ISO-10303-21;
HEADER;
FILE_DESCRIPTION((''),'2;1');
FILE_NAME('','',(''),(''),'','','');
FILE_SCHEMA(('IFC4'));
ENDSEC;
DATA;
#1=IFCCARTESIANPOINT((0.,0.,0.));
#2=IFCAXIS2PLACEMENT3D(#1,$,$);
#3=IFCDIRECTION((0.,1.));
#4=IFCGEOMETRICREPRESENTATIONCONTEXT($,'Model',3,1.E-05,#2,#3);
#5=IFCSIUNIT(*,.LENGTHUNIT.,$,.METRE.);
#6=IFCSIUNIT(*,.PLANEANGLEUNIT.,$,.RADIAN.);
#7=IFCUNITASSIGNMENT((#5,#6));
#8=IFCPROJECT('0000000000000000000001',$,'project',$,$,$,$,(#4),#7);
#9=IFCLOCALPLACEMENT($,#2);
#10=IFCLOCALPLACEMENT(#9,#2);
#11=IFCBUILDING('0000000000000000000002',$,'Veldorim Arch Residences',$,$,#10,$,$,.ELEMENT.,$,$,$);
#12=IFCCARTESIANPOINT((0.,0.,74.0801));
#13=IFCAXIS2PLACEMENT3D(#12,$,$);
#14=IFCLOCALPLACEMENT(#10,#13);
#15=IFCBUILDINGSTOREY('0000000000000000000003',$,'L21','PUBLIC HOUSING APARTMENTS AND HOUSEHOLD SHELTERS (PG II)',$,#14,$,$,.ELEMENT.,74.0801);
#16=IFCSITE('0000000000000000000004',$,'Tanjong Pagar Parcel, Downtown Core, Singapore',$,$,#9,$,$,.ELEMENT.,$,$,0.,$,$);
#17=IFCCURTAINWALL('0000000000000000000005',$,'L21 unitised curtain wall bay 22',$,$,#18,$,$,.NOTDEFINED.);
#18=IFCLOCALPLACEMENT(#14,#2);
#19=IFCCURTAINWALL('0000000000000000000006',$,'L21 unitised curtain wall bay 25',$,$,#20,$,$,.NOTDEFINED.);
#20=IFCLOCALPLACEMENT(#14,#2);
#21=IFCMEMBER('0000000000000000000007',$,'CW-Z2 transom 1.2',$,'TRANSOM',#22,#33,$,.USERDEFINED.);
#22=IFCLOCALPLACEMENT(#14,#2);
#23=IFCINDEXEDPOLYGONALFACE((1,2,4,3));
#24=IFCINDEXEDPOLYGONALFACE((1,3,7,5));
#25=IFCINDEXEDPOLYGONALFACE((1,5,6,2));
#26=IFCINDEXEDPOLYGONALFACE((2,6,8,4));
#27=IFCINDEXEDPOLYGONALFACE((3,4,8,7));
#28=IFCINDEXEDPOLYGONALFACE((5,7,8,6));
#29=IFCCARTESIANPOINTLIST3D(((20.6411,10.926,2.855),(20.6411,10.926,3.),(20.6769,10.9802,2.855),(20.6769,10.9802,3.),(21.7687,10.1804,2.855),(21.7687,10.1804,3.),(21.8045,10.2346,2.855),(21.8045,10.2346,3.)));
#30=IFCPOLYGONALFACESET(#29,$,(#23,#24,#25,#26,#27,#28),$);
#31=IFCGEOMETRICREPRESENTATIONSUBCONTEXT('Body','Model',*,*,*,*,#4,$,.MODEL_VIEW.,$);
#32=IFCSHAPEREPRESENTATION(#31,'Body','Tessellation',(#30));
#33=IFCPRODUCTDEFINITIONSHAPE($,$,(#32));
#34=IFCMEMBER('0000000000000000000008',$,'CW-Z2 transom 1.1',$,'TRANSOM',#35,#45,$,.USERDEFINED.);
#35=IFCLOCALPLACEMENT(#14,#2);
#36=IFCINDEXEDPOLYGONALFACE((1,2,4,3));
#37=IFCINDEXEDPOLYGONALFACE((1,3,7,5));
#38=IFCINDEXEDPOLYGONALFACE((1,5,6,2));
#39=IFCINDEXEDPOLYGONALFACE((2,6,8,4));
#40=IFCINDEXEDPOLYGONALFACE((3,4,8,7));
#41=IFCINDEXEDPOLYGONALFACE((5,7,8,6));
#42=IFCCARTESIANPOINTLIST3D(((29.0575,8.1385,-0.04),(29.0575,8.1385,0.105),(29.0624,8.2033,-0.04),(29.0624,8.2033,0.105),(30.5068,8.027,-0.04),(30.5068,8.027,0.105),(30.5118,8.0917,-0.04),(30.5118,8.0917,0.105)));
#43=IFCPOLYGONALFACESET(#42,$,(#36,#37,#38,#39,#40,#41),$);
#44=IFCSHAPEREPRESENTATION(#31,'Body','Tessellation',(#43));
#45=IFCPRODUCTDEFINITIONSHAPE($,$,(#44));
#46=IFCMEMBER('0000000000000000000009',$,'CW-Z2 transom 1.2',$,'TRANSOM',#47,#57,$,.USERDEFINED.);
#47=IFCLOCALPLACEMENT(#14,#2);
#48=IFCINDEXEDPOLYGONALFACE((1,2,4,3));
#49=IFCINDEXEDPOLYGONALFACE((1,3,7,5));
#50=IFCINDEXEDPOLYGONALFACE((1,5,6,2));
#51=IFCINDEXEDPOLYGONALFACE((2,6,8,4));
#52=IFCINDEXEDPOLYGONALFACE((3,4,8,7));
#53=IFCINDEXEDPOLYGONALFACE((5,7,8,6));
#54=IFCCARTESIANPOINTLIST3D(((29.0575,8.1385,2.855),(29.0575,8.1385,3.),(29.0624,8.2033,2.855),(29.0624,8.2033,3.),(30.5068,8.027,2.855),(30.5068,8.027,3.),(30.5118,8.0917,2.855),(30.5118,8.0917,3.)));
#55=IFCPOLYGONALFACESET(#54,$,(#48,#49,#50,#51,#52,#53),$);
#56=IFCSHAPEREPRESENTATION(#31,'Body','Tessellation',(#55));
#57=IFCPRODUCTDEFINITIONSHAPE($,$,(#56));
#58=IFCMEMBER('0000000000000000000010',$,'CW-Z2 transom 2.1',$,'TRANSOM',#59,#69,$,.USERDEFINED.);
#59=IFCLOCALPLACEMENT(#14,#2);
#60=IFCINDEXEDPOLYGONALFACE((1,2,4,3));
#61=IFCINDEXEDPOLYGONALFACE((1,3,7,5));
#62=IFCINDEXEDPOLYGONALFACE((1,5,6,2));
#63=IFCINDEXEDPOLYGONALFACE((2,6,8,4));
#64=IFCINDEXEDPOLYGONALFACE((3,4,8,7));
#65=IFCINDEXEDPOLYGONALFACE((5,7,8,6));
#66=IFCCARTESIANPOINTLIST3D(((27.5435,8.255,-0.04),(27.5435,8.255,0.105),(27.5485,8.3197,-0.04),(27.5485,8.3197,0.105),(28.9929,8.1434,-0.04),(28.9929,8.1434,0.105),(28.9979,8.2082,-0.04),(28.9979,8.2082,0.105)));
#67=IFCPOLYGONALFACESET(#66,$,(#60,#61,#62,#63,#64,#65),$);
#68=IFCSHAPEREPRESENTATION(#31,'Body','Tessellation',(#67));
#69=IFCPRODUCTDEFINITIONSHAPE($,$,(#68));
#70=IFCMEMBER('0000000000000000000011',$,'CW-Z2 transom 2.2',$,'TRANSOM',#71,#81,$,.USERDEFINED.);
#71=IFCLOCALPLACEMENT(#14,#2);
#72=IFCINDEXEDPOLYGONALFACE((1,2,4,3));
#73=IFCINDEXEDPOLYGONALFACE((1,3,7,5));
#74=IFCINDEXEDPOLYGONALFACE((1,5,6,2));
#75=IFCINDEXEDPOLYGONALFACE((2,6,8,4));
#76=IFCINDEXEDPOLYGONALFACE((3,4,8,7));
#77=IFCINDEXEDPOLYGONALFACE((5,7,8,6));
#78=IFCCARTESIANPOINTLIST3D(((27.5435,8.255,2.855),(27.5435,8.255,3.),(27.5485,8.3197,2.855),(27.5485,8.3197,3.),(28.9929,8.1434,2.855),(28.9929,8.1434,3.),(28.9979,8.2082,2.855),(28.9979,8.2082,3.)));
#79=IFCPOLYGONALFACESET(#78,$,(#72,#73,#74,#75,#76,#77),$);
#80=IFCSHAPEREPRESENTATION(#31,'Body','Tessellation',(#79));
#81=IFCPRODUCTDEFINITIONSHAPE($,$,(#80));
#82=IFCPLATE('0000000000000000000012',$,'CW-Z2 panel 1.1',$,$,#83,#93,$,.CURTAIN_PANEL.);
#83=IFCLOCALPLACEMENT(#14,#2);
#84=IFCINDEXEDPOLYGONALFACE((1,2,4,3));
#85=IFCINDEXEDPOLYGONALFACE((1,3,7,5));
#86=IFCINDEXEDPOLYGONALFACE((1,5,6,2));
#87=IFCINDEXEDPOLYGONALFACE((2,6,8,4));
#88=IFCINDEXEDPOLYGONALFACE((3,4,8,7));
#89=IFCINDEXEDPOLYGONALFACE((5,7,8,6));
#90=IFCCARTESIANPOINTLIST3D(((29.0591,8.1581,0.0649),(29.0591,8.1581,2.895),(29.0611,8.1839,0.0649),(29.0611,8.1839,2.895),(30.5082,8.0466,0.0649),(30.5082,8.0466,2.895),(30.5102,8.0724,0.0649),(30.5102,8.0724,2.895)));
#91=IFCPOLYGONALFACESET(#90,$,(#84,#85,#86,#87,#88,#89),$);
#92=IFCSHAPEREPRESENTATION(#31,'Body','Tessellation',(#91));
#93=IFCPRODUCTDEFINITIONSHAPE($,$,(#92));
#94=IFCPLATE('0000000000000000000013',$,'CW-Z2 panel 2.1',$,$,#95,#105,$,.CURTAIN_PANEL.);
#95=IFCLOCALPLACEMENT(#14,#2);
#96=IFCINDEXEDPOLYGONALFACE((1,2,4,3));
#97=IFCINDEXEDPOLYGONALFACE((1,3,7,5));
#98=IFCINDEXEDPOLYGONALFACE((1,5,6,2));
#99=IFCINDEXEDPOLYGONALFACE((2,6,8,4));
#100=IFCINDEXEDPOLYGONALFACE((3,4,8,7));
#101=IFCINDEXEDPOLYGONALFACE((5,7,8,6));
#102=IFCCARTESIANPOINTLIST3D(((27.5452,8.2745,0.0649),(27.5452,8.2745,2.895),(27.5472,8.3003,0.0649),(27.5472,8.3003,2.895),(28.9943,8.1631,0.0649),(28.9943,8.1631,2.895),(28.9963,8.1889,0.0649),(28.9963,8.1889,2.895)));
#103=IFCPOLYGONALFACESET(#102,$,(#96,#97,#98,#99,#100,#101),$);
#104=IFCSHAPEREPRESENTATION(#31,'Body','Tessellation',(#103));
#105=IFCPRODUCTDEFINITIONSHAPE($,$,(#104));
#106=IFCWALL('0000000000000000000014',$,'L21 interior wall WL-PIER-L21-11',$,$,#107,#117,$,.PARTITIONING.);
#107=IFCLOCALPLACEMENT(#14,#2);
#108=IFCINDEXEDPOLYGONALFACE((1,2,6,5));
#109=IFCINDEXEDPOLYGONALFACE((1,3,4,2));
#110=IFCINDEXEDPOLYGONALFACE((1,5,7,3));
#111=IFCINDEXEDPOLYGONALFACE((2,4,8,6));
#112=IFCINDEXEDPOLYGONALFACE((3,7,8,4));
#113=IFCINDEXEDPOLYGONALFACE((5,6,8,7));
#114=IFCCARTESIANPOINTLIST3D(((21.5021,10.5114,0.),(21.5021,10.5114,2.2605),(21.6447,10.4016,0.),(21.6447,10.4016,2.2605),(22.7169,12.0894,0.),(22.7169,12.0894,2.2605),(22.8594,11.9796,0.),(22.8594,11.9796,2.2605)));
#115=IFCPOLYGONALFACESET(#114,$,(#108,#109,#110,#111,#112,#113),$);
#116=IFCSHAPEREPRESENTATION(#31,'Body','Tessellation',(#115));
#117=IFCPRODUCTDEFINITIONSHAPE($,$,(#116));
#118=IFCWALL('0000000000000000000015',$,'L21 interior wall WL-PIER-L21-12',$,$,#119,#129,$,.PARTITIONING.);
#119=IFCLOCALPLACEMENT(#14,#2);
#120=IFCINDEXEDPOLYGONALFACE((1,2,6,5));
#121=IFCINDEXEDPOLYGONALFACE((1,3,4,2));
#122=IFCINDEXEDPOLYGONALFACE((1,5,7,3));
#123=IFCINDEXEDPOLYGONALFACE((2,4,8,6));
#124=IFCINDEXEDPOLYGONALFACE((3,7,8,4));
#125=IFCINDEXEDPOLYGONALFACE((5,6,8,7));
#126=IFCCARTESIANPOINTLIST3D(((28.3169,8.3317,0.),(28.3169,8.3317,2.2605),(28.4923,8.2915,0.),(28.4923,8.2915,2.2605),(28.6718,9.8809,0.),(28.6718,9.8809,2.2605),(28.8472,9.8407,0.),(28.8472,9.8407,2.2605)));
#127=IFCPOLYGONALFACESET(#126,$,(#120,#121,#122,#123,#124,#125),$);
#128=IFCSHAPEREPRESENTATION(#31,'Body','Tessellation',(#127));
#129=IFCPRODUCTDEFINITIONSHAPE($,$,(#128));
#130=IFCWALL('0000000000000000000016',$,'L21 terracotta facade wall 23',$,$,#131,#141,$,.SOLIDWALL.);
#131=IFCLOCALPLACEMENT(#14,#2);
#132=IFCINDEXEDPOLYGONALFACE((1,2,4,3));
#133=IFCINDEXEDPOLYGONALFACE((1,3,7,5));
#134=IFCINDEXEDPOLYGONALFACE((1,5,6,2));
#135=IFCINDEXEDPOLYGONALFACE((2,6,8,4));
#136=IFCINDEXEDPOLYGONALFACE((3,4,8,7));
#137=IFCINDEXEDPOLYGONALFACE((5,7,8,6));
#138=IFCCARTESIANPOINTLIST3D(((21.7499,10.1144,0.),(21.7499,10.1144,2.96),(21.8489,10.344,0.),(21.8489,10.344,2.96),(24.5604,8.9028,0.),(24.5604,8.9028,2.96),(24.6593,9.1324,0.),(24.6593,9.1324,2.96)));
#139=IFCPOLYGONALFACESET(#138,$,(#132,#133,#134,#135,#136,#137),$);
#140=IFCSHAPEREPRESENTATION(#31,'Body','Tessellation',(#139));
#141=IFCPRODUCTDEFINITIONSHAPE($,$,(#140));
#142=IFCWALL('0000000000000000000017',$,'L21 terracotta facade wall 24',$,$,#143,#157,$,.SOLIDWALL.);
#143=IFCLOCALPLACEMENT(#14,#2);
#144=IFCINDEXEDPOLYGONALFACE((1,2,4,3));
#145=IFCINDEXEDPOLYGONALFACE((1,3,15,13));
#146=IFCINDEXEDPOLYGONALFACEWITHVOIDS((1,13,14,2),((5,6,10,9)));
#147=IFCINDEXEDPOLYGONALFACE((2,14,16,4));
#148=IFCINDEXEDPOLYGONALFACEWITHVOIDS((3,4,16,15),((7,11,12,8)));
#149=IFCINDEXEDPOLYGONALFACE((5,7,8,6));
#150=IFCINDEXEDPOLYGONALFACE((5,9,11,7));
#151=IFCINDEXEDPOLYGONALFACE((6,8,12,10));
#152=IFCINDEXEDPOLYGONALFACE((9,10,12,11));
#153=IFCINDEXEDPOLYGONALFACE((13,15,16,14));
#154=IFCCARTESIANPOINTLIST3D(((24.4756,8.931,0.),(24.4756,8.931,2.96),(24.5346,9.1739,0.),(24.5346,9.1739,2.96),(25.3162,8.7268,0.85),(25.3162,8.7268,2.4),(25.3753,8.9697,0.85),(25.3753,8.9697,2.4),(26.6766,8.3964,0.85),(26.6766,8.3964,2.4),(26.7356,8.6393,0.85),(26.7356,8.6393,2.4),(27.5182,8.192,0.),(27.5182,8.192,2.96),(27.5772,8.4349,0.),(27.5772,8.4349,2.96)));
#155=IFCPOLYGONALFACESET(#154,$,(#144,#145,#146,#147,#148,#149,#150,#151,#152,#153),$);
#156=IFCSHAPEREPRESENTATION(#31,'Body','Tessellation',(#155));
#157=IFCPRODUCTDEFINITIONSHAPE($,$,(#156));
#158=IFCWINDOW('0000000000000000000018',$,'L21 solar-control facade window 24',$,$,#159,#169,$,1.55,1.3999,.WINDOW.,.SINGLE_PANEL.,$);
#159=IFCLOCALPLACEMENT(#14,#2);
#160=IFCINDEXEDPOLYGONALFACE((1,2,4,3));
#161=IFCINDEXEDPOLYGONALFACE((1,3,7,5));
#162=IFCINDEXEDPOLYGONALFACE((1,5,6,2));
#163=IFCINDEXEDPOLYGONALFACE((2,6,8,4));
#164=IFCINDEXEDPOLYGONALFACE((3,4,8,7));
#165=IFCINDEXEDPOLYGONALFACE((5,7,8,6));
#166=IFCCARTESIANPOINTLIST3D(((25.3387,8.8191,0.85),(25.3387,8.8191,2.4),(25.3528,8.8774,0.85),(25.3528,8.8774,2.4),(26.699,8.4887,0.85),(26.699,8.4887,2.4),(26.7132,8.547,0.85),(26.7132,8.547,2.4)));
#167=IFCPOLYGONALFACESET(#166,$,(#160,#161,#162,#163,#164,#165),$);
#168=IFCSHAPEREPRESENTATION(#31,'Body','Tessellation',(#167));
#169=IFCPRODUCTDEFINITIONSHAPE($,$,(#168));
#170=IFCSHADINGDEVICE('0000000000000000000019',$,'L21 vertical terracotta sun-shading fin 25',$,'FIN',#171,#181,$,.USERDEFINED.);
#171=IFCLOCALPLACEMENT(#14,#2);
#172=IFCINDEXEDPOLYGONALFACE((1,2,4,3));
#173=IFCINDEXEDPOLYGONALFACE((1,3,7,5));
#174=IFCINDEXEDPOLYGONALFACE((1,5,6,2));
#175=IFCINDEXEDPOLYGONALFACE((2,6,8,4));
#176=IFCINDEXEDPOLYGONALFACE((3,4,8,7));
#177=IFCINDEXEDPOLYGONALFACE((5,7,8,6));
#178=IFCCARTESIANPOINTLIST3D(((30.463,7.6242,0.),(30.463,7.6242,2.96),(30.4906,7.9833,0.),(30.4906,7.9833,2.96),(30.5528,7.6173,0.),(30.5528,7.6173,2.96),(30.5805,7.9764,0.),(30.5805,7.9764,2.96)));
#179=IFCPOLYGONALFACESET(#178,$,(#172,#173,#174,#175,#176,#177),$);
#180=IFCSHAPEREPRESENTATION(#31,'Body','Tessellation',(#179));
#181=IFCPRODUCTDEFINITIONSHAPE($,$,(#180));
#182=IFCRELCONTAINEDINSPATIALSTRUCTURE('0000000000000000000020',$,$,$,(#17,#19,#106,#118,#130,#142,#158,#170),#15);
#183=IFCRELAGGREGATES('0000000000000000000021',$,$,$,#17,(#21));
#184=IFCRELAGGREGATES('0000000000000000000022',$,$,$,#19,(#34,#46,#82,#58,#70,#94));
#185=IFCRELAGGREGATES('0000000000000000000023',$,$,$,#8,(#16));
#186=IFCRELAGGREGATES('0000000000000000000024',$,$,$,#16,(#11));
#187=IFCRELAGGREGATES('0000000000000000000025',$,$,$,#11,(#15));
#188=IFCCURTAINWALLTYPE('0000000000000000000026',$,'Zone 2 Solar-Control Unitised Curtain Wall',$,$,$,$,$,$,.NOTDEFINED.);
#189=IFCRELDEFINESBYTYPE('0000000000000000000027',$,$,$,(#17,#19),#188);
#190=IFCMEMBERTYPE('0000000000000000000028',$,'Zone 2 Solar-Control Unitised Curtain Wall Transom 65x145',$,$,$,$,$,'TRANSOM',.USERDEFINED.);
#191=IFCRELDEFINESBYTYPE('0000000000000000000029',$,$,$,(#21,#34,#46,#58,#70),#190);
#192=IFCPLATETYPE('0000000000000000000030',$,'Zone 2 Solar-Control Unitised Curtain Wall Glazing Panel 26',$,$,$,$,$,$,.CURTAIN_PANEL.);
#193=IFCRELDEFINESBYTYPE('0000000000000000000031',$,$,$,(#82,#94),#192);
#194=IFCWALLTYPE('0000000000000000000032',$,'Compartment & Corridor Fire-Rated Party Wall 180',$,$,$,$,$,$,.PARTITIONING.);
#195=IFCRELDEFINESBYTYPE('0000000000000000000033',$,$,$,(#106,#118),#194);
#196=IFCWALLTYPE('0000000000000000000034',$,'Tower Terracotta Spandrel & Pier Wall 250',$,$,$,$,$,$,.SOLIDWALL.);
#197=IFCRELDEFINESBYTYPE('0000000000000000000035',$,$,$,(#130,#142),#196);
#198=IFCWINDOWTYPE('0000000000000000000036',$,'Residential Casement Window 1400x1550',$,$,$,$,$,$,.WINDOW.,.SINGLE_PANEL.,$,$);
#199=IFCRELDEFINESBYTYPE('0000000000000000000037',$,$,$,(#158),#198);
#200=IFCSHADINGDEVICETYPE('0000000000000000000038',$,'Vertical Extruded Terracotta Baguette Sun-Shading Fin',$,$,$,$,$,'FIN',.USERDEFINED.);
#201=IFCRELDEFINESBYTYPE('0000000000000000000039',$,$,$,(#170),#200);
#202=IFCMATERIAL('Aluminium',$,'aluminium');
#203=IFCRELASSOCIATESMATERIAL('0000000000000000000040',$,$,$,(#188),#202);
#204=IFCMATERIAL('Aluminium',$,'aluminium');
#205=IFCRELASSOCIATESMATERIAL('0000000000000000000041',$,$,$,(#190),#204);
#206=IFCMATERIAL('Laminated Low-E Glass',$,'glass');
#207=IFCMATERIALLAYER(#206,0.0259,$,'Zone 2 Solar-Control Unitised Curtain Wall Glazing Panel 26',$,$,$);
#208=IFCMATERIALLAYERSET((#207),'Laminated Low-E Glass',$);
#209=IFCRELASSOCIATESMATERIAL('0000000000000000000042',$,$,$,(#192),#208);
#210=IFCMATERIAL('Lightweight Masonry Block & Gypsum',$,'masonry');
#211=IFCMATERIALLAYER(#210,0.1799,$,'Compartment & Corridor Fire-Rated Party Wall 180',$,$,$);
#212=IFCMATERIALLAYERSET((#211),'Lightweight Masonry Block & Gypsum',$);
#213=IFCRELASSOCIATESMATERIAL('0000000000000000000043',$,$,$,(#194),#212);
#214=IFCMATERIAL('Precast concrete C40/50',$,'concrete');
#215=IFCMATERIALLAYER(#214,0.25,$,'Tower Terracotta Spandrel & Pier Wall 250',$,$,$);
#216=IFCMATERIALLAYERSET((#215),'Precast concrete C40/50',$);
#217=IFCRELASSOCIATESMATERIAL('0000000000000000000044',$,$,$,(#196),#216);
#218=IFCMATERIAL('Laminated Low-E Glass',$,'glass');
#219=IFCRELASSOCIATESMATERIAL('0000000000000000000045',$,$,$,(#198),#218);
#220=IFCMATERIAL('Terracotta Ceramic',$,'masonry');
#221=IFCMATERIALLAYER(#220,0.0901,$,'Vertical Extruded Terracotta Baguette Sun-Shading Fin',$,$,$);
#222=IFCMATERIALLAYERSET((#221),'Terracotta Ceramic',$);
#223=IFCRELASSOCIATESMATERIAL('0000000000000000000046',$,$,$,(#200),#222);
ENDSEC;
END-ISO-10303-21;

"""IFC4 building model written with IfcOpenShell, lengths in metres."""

from ifc_helpers import new_model, si_unit, direction, frame, frame_2d, origin, origin_2d, place, context, subcontext, project, spatial, rectangle, extrude, material, layer, layer_set, material_profile, profile_set, type_object, element, fill, aggregate, save


model = new_model("IFC4")

# Units and contexts
model_context = context("Model", 3, precision=1e-05, world=origin(), true_north=direction((0.0, 1.0)))
body_context = subcontext(model_context, "Body", "Model", "MODEL_VIEW")
ifc_project = project(units=[si_unit("LENGTHUNIT", "METRE"), si_unit("PLANEANGLEUNIT", "RADIAN")], contexts=[model_context])

# Site, building, storey
site_placement = place(None, origin())
site = spatial("IfcSite", under=ifc_project, at=site_placement, Name="Tanjong Pagar Parcel, Downtown Core, Singapore", CompositionType="ELEMENT", RefElevation=0.0)
building_placement = place(site_placement, origin())
building = spatial("IfcBuilding", under=site, at=building_placement, Name="Veldorim Arch Residences", CompositionType="ELEMENT")
storey_placement = place(building_placement, frame((0.0, 0.0, 74.0801)))
storey = spatial("IfcBuildingStorey", under=building, at=storey_placement, Name="L21", Description="PUBLIC HOUSING APARTMENTS AND HOUSEHOLD SHELTERS (PG II)", CompositionType="ELEMENT", Elevation=74.0801)

# Curtain wall
ifc_material_1 = material(Name="Aluminium", Category="aluminium")
curtain_wall_type = type_object("IfcCurtainWallType", Name="Zone 2 Solar-Control Unitised Curtain Wall", PredefinedType="NOTDEFINED", material=ifc_material_1)
curtain_wall_1_placement = place(storey_placement, origin())
curtain_wall_1 = element("IfcCurtainWall", 1, at=curtain_wall_1_placement, inside=storey, type_object=curtain_wall_type, Name="L21 unitised curtain wall bay 22", PredefinedType="NOTDEFINED")

# Curtain wall
curtain_wall_2_placement = place(storey_placement, origin())
curtain_wall_2 = element("IfcCurtainWall", 2, at=curtain_wall_2_placement, inside=storey, type_object=curtain_wall_type, Name="L21 unitised curtain wall bay 25", PredefinedType="NOTDEFINED")

# Members
ifc_material_2 = material(Name="Aluminium", Category="aluminium")
ifc_material_profile_1 = material_profile(ifc_material_2, rectangle(XDim=0.0649, YDim=0.145, at=origin_2d()), Name="ALU_TRN_65x145")
ifc_profile_set_1 = profile_set([ifc_material_profile_1], Name="Aluminium")
member_type_1 = type_object("IfcMemberType", Name="Zone 2 Solar-Control Unitised Curtain Wall Transom 65x145", ElementType="TRANSOM", PredefinedType="USERDEFINED", material=ifc_profile_set_1)
member_1_placement = place(storey_placement, frame((21.7866, 10.2075, 2.9275), z_axis=(-0.834156, 0.551529, 0.0), x_axis=(-0.551529, -0.834156, 0.0)))
member_1 = element("IfcMember", 3, at=member_1_placement, type_object=member_type_1, Name="CW-Z2 transom 1.2", ObjectType="TRANSOM", PredefinedType="USERDEFINED", context=body_context, shape_type="SweptSolid", body=[
    extrude(rectangle(XDim=0.0649, YDim=0.145, at=origin_2d()), origin(), (0.0, 0.0, 1.0), 1.3518),
])
aggregate(curtain_wall_1, [member_1])
member_2_placement = place(storey_placement, frame((30.5093, 8.0593, 0.0325), z_axis=(-0.99705, 0.076761, 0.0), x_axis=(-0.076761, -0.99705, 0.0)))
member_2 = element("IfcMember", 4, at=member_2_placement, type_object=member_type_1, Name="CW-Z2 transom 1.1", ObjectType="TRANSOM", PredefinedType="USERDEFINED", context=body_context, shape_type="SweptSolid", body=[
    extrude(rectangle(XDim=0.0649, YDim=0.145, at=origin_2d()), origin(), (0.0, 0.0, 1.0), 1.4536),
])
member_3_placement = place(storey_placement, frame((30.5093, 8.0593, 2.9275), z_axis=(-0.99705, 0.076761, 0.0), x_axis=(-0.076761, -0.99705, 0.0)))
member_3 = element("IfcMember", 5, at=member_3_placement, type_object=member_type_1, Name="CW-Z2 transom 1.2", ObjectType="TRANSOM", PredefinedType="USERDEFINED", context=body_context, shape_type="SweptSolid", body=[
    extrude(rectangle(XDim=0.0649, YDim=0.145, at=origin_2d()), origin(), (0.0, 0.0, 1.0), 1.4536),
])
member_4_placement = place(storey_placement, frame((28.9954, 8.1758, 0.0325), z_axis=(-0.99705, 0.076761, 0.0), x_axis=(-0.076761, -0.99705, 0.0)))
member_4 = element("IfcMember", 6, at=member_4_placement, type_object=member_type_1, Name="CW-Z2 transom 2.1", ObjectType="TRANSOM", PredefinedType="USERDEFINED", context=body_context, shape_type="SweptSolid", body=[
    extrude(rectangle(XDim=0.0649, YDim=0.145, at=origin_2d()), origin(), (0.0, 0.0, 1.0), 1.4536),
])
member_5_placement = place(storey_placement, frame((28.9954, 8.1758, 2.9275), z_axis=(-0.99705, 0.076761, 0.0), x_axis=(-0.076761, -0.99705, 0.0)))
member_5 = element("IfcMember", 7, at=member_5_placement, type_object=member_type_1, Name="CW-Z2 transom 2.2", ObjectType="TRANSOM", PredefinedType="USERDEFINED", context=body_context, shape_type="SweptSolid", body=[
    extrude(rectangle(XDim=0.0649, YDim=0.145, at=origin_2d()), origin(), (0.0, 0.0, 1.0), 1.4536),
])

# Plates
ifc_material_3 = material(Name="Laminated Low-E Glass", Category="glass")
ifc_layer_1 = layer(ifc_material_3, 0.0259, Name="Zone 2 Solar-Control Unitised Curtain Wall Glazing Panel 26")
ifc_layer_set_1 = layer_set([ifc_layer_1], Name="Laminated Low-E Glass")
plate_type = type_object("IfcPlateType", Name="Zone 2 Solar-Control Unitised Curtain Wall Glazing Panel 26", PredefinedType="CURTAIN_PANEL", material=ifc_layer_set_1)
plate_1_placement = place(storey_placement, frame((29.7847, 8.1152, 0.0649), z_axis=(0.0, 0.0, 1.0), x_axis=(-0.997054, 0.076696, 0.0)))
plate_1 = element("IfcPlate", 8, at=plate_1_placement, type_object=plate_type, Name="CW-Z2 panel 1.1", PredefinedType="CURTAIN_PANEL", context=body_context, shape_type="SweptSolid", body=[
    extrude(rectangle(XDim=1.4534, YDim=0.0259, at=origin_2d()), origin(), (0.0, 0.0, 1.0), 2.8301),
])
plate_2_placement = place(storey_placement, frame((28.2708, 8.2317, 0.0649), z_axis=(0.0, 0.0, 1.0), x_axis=(-0.997054, 0.076696, 0.0)))
plate_2 = element("IfcPlate", 9, at=plate_2_placement, type_object=plate_type, Name="CW-Z2 panel 2.1", PredefinedType="CURTAIN_PANEL", context=body_context, shape_type="SweptSolid", body=[
    extrude(rectangle(XDim=1.4534, YDim=0.0259, at=origin_2d()), origin(), (0.0, 0.0, 1.0), 2.8301),
])
aggregate(curtain_wall_2, [member_2, member_3, plate_1, member_4, member_5, plate_2])

# Walls
ifc_material_4 = material(Name="Lightweight Masonry Block & Gypsum", Category="masonry")
ifc_layer_2 = layer(ifc_material_4, 0.1799, Name="Compartment & Corridor Fire-Rated Party Wall 180")
ifc_layer_set_2 = layer_set([ifc_layer_2], Name="Lightweight Masonry Block & Gypsum")
wall_type_1 = type_object("IfcWallType", Name="Compartment & Corridor Fire-Rated Party Wall 180", PredefinedType="PARTITIONING", material=ifc_layer_set_2)
wall_1_placement = place(storey_placement, frame((22.7881, 12.0344, 0.0), z_axis=(0.0, 0.0, 1.0), x_axis=(-0.609995, -0.792405, 0.0)))
element("IfcWall", 10, at=wall_1_placement, inside=storey, type_object=wall_type_1, Name="L21 interior wall WL-PIER-L21-11", PredefinedType="PARTITIONING", context=body_context, shape_type="SweptSolid", body=[
    extrude(rectangle(XDim=1.9915, YDim=0.1799, at=frame_2d((0.9956, 0.0))), origin(), (0.0, 0.0, 1.0), 2.2605),
])
wall_2_placement = place(storey_placement, frame((28.7595, 9.8608, 0.0), z_axis=(0.0, 0.0, 1.0), x_axis=(-0.223334, -0.974742, 0.0)))
element("IfcWall", 11, at=wall_2_placement, inside=storey, type_object=wall_type_1, Name="L21 interior wall WL-PIER-L21-12", PredefinedType="PARTITIONING", context=body_context, shape_type="SweptSolid", body=[
    extrude(rectangle(XDim=1.5894, YDim=0.1799, at=frame_2d((0.7947, 0.0))), origin(), (0.0, 0.0, 1.0), 2.2605),
])
ifc_material_5 = material(Name="Precast concrete C40/50", Category="concrete")
ifc_layer_3 = layer(ifc_material_5, 0.25, Name="Tower Terracotta Spandrel & Pier Wall 250")
ifc_layer_set_3 = layer_set([ifc_layer_3], Name="Precast concrete C40/50")
wall_type_2 = type_object("IfcWallType", Name="Tower Terracotta Spandrel & Pier Wall 250", PredefinedType="SOLIDWALL", material=ifc_layer_set_3)
wall_3_placement = place(storey_placement, frame((24.6099, 9.0176, 0.0), z_axis=(0.0, 0.0, 1.0), x_axis=(-0.918297, 0.395892, 0.0)))
element("IfcWall", 12, at=wall_3_placement, inside=storey, type_object=wall_type_2, Name="L21 terracotta facade wall 23", PredefinedType="SOLIDWALL", context=body_context, shape_type="SweptSolid", body=[
    extrude(rectangle(XDim=3.0605, YDim=0.25, at=frame_2d((1.5303, 0.0))), origin(), (0.0, 0.0, 1.0), 2.96),
])

# Wall, opening, window
wall_4_placement = place(storey_placement, frame((27.5476, 8.3135, 0.0), z_axis=(0.0, 0.0, 1.0), x_axis=(-0.971749, 0.236017, 0.0)))
wall_4 = element("IfcWall", 13, at=wall_4_placement, inside=storey, type_object=wall_type_2, Name="L21 terracotta facade wall 24", PredefinedType="SOLIDWALL", context=body_context, shape_type="SweptSolid", body=[
    extrude(rectangle(XDim=3.1311, YDim=0.25, at=frame_2d((1.5654, 0.0))), origin(), (0.0, 0.0, 1.0), 2.96),
])
opening_placement = place(wall_4_placement, frame((0.866, 0.0, 0.8501)))
opening = element("IfcOpeningElement", 14, at=opening_placement, cuts=wall_4, PredefinedType="OPENING", context=body_context, shape_type="SweptSolid", body=[
    extrude(rectangle(XDim=1.3999, YDim=1.55, at=frame_2d((0.7, 0.7749))), frame((0.0, 0.135, 0.0), z_axis=(0.0, -1.0, 0.0), x_axis=(1.0, 0.0, 0.0)), (0.0, 0.0, 1.0), 0.27),
])
ifc_material_6 = material(Name="Laminated Low-E Glass", Category="glass")
window_type = type_object("IfcWindowType", Name="Residential Casement Window 1400x1550", PartitioningType="SINGLE_PANEL", PredefinedType="WINDOW", material=ifc_material_6)
window_placement = place(opening_placement, origin())
window = element("IfcWindow", 15, at=window_placement, inside=storey, type_object=window_type, Name="L21 solar-control facade window 24", OverallHeight=1.55, OverallWidth=1.3999, PartitioningType="SINGLE_PANEL", PredefinedType="WINDOW", context=body_context, shape_type="SweptSolid", body=[
    extrude(rectangle(XDim=1.3999, YDim=1.55, at=frame_2d((0.7, 0.7749))), frame((0.0, 0.03, 0.0), z_axis=(0.0, -1.0, 0.0), x_axis=(1.0, 0.0, 0.0)), (0.0, 0.0, 1.0), 0.0601),
])
fill(opening, window)

# Shading device
ifc_material_7 = material(Name="Terracotta Ceramic", Category="masonry")
ifc_layer_4 = layer(ifc_material_7, 0.0901, Name="Vertical Extruded Terracotta Baguette Sun-Shading Fin")
ifc_layer_set_4 = layer_set([ifc_layer_4], Name="Terracotta Ceramic")
shading_device_type = type_object("IfcShadingDeviceType", Name="Vertical Extruded Terracotta Baguette Sun-Shading Fin", ElementType="FIN", PredefinedType="USERDEFINED", material=ifc_layer_set_4)
shading_device_placement = place(storey_placement, frame((30.5217, 7.8003, 0.0), z_axis=(0.0, 0.0, 1.0), x_axis=(-0.997053, 0.076719, 0.0)))
element("IfcShadingDevice", 16, at=shading_device_placement, inside=storey, type_object=shading_device_type, Name="L21 vertical terracotta sun-shading fin 25", ObjectType="FIN", PredefinedType="USERDEFINED", context=body_context, shape_type="SweptSolid", body=[
    extrude(rectangle(XDim=0.0901, YDim=0.3601, at=origin_2d()), origin(), (0.0, 0.0, 1.0), 2.96),
])

save(model, "model.ifc")
